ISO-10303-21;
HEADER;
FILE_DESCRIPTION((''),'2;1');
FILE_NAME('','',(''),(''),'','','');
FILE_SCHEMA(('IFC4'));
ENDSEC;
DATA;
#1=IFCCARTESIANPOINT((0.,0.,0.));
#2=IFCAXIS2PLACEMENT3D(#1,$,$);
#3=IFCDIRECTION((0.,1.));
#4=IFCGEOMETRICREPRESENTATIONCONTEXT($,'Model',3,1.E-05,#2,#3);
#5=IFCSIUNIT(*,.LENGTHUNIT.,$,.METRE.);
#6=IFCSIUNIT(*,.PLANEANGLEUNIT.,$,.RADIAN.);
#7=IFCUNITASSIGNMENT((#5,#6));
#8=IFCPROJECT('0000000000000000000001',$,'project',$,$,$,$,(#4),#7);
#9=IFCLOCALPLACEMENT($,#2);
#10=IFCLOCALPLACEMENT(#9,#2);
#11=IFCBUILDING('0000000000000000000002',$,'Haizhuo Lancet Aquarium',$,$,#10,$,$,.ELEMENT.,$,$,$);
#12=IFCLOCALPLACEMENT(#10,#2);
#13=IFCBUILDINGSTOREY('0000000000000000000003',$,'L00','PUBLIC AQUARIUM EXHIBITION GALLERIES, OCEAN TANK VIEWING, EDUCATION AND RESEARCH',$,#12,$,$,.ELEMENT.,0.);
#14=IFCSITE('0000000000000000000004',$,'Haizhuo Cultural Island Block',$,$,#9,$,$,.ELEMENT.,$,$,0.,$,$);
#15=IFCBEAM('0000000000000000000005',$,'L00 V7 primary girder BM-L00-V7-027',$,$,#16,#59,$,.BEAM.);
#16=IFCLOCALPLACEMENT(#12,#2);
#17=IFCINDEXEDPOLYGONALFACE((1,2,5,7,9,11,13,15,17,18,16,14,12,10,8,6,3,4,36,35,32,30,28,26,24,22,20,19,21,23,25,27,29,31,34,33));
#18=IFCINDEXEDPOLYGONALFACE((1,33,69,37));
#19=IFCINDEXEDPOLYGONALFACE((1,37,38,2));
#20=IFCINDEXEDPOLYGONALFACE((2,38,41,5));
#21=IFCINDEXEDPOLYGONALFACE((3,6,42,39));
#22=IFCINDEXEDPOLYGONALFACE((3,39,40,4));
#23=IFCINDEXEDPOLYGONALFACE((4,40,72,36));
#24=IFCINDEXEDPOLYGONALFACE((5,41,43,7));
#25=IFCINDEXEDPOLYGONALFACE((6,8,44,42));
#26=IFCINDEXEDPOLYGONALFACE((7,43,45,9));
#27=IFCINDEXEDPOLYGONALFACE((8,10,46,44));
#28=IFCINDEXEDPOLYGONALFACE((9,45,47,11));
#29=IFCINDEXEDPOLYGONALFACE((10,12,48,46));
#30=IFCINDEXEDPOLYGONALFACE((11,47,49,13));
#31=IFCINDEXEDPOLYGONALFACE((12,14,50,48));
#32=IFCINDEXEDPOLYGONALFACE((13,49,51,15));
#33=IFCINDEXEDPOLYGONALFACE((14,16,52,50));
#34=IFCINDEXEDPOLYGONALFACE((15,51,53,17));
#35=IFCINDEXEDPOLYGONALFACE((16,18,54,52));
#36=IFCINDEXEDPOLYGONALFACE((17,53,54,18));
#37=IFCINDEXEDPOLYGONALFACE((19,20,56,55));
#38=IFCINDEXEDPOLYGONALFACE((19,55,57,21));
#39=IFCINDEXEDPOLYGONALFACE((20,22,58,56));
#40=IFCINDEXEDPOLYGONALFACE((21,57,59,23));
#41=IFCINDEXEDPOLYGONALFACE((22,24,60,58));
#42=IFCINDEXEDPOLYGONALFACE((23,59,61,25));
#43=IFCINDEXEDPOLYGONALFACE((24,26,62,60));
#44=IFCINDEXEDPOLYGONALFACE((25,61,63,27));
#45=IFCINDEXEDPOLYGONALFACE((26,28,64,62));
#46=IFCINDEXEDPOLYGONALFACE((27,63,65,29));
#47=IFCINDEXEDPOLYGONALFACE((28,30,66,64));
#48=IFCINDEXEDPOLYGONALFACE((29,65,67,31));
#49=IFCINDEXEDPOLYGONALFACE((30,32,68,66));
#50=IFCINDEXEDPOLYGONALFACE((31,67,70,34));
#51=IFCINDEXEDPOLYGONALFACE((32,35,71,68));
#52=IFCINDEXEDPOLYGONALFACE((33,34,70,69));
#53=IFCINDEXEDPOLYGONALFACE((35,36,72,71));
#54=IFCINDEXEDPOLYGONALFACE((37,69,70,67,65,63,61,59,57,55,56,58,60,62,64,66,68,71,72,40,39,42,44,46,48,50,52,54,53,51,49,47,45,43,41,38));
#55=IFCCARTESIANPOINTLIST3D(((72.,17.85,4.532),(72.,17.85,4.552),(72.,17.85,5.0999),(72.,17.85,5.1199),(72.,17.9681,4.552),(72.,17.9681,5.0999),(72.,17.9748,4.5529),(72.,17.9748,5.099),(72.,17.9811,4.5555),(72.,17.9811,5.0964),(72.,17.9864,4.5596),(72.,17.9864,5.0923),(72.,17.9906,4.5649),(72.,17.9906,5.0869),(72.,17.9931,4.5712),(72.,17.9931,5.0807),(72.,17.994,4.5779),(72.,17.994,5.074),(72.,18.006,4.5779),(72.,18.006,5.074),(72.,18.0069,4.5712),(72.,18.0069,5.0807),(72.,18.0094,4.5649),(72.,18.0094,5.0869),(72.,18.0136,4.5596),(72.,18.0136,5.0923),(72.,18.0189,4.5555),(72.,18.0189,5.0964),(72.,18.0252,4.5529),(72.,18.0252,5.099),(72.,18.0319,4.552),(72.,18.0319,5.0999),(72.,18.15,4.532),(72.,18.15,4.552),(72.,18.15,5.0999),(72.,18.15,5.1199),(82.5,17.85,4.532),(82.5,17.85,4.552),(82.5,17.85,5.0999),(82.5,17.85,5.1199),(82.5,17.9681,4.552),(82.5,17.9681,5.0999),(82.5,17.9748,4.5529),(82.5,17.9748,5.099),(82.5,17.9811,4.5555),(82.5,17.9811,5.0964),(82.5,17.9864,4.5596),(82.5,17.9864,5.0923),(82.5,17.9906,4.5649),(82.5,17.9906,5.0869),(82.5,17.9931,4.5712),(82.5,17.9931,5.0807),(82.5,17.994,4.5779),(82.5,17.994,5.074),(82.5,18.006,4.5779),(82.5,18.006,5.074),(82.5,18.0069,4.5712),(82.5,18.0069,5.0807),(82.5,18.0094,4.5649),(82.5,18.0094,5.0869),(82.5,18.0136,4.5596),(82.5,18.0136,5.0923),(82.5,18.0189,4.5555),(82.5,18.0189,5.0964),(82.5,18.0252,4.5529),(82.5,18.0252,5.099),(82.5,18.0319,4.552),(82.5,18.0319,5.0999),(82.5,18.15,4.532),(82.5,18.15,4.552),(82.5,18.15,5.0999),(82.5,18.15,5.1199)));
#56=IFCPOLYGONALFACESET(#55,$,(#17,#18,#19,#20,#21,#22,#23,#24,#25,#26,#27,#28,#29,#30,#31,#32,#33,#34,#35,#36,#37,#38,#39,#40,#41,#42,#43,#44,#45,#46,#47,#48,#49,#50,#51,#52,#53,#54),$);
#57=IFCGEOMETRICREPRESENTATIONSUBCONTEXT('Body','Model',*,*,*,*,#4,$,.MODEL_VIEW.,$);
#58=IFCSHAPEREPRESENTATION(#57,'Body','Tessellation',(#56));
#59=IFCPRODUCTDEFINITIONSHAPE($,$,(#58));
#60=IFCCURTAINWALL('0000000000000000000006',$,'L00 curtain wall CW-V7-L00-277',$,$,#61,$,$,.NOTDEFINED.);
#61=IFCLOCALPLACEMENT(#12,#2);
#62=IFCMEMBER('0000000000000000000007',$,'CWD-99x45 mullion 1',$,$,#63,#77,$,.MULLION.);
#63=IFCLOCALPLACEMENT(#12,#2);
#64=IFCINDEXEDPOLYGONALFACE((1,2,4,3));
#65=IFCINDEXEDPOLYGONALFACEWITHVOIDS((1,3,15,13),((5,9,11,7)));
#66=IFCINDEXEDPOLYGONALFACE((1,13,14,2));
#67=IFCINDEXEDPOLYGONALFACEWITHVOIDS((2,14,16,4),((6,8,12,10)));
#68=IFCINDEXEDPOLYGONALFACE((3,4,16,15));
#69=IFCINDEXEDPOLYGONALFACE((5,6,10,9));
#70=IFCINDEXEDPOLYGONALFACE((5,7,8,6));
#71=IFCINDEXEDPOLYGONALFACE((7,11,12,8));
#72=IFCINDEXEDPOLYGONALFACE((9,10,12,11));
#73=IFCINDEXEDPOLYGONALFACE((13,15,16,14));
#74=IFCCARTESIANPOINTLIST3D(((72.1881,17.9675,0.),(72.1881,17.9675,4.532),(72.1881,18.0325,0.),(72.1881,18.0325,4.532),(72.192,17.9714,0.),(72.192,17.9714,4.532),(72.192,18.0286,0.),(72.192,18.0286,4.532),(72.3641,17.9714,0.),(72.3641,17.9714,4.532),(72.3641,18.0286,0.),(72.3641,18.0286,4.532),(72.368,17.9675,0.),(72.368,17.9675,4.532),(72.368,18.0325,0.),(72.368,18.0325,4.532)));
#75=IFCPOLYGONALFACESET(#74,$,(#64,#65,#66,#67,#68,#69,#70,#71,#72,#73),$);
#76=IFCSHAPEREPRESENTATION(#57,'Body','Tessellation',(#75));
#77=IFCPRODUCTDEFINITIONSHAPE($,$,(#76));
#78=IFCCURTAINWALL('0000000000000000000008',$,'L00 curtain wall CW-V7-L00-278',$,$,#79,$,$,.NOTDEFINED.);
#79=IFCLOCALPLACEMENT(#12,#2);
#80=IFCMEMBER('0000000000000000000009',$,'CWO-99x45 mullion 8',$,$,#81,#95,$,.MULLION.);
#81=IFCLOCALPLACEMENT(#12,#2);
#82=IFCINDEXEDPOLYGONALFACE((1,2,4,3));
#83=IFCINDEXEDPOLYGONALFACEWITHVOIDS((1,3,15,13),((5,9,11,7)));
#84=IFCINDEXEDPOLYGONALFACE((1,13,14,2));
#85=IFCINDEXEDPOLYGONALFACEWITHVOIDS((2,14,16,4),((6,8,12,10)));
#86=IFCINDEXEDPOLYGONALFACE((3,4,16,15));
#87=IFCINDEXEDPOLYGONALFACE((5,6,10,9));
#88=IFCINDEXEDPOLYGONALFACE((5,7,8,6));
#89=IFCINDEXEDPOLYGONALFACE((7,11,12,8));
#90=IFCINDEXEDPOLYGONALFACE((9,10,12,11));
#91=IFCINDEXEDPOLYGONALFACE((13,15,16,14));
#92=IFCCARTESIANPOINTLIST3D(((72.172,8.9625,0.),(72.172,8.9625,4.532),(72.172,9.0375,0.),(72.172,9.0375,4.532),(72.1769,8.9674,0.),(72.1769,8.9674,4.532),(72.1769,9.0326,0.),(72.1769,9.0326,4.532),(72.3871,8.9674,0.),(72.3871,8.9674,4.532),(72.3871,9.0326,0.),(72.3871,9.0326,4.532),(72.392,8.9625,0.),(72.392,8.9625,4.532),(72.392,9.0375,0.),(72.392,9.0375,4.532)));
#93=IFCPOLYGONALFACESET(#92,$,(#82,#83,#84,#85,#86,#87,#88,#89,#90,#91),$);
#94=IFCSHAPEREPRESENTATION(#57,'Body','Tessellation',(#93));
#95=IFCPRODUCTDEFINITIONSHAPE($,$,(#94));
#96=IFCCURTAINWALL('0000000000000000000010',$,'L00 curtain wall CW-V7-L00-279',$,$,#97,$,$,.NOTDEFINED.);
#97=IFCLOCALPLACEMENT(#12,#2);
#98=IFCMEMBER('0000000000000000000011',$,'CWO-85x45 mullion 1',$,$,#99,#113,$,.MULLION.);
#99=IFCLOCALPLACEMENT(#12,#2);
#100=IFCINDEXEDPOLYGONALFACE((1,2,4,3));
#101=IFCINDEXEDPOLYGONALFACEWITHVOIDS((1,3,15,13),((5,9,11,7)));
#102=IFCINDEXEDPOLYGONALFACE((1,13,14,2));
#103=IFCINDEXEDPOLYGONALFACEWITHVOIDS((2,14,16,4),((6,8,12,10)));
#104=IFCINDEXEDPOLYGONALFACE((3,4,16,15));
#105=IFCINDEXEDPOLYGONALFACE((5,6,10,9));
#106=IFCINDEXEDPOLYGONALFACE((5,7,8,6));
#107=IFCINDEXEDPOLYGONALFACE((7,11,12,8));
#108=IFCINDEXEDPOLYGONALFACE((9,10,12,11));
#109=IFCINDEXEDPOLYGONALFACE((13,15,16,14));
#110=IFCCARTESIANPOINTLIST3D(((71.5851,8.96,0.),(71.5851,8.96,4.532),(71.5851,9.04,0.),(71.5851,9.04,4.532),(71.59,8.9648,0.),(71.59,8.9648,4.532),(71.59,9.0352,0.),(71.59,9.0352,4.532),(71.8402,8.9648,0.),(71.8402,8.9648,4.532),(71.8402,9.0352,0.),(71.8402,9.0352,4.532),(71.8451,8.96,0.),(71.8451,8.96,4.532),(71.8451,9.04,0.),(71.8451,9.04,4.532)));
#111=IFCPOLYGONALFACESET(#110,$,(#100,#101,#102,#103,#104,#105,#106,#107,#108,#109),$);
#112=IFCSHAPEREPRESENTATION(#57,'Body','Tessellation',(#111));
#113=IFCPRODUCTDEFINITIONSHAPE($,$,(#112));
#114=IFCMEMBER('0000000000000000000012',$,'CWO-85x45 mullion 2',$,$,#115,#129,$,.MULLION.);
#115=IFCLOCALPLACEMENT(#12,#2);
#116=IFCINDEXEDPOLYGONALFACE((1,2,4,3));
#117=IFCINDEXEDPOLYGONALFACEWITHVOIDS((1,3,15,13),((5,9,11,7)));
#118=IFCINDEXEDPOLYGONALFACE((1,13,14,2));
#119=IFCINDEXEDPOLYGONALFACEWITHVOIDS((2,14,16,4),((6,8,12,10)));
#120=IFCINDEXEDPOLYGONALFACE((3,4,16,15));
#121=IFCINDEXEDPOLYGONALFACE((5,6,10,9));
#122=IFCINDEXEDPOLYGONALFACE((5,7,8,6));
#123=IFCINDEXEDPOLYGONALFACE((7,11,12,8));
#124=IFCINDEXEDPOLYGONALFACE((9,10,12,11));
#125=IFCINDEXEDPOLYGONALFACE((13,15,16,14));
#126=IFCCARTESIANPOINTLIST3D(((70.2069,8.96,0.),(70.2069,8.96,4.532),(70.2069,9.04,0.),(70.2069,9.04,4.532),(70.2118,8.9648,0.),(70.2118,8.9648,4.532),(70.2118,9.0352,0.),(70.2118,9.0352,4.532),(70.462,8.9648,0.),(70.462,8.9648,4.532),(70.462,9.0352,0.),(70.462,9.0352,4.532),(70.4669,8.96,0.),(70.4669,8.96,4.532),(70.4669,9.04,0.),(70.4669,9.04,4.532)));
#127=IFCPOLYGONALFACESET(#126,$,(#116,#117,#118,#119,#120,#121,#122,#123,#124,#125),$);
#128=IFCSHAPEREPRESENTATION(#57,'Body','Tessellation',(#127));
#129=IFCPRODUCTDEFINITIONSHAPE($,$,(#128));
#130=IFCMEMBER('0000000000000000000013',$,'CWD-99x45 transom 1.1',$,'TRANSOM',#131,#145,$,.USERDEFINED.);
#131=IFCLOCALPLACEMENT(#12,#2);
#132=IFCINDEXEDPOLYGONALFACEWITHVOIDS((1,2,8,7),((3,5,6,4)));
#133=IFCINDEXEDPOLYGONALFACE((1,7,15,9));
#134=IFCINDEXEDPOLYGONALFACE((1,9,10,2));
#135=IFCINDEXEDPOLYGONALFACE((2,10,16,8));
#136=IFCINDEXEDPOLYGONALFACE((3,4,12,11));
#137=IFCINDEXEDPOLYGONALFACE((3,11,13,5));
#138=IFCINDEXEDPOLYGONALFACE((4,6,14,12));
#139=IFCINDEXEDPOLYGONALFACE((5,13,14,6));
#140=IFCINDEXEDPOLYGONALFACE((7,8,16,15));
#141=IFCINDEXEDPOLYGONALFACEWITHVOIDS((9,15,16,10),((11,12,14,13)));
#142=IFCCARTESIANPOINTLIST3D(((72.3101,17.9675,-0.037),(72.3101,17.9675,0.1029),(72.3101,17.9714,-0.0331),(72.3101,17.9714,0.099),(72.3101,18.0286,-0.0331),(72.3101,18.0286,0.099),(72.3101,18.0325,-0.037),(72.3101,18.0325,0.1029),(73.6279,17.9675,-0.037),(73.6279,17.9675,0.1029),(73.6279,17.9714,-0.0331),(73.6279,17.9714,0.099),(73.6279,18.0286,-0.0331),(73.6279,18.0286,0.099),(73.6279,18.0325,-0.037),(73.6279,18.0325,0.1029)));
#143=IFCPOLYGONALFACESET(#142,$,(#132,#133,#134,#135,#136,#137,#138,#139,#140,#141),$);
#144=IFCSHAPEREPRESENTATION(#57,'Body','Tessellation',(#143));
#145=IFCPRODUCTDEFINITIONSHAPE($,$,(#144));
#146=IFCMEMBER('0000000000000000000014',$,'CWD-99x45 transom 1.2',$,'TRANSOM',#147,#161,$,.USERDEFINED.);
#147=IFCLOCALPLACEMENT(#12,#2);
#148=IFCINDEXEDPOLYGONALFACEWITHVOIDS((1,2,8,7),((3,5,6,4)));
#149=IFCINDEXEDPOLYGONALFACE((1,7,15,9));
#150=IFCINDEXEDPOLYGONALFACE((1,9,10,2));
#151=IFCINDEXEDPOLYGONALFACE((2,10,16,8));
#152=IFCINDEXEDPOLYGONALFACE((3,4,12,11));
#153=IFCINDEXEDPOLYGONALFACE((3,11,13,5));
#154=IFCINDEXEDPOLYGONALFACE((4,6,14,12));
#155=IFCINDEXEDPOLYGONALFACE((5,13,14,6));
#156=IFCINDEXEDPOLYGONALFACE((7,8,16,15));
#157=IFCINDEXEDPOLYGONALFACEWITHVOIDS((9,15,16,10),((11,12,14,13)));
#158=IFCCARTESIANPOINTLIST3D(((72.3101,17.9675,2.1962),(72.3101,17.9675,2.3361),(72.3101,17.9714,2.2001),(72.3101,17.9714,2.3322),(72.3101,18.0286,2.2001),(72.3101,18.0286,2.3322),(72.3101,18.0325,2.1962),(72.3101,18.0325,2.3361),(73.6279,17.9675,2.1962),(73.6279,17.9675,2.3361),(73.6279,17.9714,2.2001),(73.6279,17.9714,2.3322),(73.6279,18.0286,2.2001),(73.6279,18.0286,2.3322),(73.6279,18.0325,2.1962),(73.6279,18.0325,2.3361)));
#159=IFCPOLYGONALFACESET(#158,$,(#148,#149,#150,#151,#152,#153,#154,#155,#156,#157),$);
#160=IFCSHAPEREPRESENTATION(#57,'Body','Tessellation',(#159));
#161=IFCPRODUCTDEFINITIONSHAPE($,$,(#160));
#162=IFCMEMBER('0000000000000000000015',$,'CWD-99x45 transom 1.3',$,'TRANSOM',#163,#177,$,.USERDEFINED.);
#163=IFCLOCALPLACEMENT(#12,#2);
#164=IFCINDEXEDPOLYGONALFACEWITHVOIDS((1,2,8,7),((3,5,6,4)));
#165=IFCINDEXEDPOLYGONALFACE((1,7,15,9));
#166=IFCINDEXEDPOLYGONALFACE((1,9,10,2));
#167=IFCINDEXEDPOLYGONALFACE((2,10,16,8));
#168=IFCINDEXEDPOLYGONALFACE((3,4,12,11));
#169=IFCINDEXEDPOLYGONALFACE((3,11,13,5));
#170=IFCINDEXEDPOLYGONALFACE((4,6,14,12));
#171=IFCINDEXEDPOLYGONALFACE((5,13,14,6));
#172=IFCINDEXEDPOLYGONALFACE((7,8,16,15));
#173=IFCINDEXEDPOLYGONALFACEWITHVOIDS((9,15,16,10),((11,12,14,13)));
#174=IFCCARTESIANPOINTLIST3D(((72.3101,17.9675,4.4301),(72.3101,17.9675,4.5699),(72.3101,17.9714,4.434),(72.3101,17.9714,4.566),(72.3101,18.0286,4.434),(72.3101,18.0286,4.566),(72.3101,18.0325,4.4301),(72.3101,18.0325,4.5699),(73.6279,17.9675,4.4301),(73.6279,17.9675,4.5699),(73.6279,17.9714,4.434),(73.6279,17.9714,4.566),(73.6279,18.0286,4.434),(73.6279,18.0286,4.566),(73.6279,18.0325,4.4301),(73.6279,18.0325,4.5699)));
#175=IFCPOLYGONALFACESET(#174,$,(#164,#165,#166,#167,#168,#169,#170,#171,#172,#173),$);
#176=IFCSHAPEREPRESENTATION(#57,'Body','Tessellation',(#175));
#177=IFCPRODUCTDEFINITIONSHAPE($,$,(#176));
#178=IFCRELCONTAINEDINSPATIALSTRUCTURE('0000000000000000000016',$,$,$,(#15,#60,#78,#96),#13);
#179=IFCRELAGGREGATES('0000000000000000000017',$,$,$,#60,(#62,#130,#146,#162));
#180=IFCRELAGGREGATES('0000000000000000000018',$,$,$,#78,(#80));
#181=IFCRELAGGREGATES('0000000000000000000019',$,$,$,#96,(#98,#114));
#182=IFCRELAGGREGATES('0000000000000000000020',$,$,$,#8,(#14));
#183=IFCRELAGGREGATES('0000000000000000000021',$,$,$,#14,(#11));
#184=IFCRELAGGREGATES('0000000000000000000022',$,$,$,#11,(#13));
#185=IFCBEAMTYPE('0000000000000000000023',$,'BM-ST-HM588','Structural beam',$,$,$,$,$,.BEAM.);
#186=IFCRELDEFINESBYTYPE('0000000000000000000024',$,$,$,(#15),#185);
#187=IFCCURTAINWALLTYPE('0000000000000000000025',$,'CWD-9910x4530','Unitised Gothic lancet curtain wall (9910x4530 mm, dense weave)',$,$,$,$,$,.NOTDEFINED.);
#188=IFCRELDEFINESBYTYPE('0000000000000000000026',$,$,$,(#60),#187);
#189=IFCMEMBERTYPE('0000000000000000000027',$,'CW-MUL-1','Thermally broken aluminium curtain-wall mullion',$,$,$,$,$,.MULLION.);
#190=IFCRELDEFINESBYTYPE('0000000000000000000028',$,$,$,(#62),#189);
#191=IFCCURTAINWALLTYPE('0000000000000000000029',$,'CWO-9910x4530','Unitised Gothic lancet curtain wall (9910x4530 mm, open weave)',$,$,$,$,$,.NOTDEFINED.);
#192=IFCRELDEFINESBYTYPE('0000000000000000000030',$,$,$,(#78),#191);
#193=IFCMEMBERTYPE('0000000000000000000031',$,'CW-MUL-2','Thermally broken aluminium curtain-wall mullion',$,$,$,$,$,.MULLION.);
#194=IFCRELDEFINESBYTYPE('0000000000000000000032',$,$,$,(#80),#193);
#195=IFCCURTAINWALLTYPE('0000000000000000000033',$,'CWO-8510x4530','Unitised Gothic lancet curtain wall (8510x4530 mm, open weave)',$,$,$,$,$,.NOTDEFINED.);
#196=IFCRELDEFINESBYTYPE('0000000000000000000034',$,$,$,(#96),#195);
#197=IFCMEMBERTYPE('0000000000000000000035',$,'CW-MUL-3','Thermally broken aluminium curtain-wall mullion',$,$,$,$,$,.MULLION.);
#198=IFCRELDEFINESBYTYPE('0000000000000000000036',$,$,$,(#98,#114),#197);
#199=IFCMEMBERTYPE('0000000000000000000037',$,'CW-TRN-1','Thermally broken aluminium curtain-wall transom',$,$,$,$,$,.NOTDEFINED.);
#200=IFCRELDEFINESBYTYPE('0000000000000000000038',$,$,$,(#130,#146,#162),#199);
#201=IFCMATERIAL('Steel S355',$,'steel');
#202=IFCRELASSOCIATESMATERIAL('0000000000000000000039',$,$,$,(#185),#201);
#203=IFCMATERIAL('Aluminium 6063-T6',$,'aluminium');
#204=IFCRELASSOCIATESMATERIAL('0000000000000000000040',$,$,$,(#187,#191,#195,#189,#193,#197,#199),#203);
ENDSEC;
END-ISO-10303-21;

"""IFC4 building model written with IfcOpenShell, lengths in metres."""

from ifc_helpers import new_model, si_unit, direction, frame, origin, origin_2d, place, context, subcontext, project, spatial, hollow_rectangle, i_section, extrude, material, material_profile, profile_set, type_object, element, aggregate, save


model = new_model("IFC4")

# Units and contexts
model_context = context("Model", 3, precision=1e-05, world=origin(), true_north=direction((0.0, 1.0)))
body_context = subcontext(model_context, "Body", "Model", "MODEL_VIEW")
ifc_project = project(units=[si_unit("LENGTHUNIT", "METRE"), si_unit("PLANEANGLEUNIT", "RADIAN")], contexts=[model_context])

# Site, building, storey
site_placement = place(None, origin())
site = spatial("IfcSite", under=ifc_project, at=site_placement, Name="Haizhuo Cultural Island Block", CompositionType="ELEMENT", RefElevation=0.0)
building_placement = place(site_placement, origin())
building = spatial("IfcBuilding", under=site, at=building_placement, Name="Haizhuo Lancet Aquarium", CompositionType="ELEMENT")
storey_placement = place(building_placement, origin())
storey = spatial("IfcBuildingStorey", under=building, at=storey_placement, Name="L00", Description="PUBLIC AQUARIUM EXHIBITION GALLERIES, OCEAN TANK VIEWING, EDUCATION AND RESEARCH", CompositionType="ELEMENT", Elevation=0.0)

# Shared definitions
ifc_material_1 = material(Name="Steel S355", Category="steel")

# Beam
ifc_material_profile_1 = material_profile(ifc_material_1, i_section(OverallWidth=0.3, OverallDepth=0.5879, WebThickness=0.012, FlangeThickness=0.02, FilletRadius=0.0259, at=origin_2d()), Name="HM 588x300x12x20")
ifc_profile_set_1 = profile_set([ifc_material_profile_1], Name="Steel S355")
beam_type_1 = type_object("IfcBeamType", Name="BM-ST-HM588", Description="Structural beam", PredefinedType="BEAM", material=ifc_profile_set_1)
for number, where, z_axis, x_axis, name in (
    (1, (72.0, 18.0, 4.8259), (1.0, 0.0, 0.0), (0.0, 1.0, 0.0), "L00 V7 primary girder BM-L00-V7-027"),
):
    element("IfcBeam", number, at=place(storey_placement, frame(where, z_axis=z_axis, x_axis=x_axis)), inside=storey, type_object=beam_type_1, Name=name, PredefinedType="BEAM", context=body_context, shape_type="SweptSolid", body=[
        extrude(i_section(OverallWidth=0.3, OverallDepth=0.5879, WebThickness=0.012, FlangeThickness=0.02, FilletRadius=0.0259, at=origin_2d()), origin(), (0.0, 0.0, 1.0), 10.5),
    ])

# Curtain walls, members
ifc_material_2 = material(Name="Aluminium 6063-T6", Category="aluminium")
curtain_wall_type_1 = type_object("IfcCurtainWallType", Name="CWD-9910x4530", Description="Unitised Gothic lancet curtain wall (9910x4530 mm, dense weave)", PredefinedType="NOTDEFINED", material=ifc_material_2)
curtain_wall_1_placement = place(storey_placement, origin())
curtain_wall_1 = element("IfcCurtainWall", 2, at=curtain_wall_1_placement, inside=storey, type_object=curtain_wall_type_1, Name="L00 curtain wall CW-V7-L00-277", PredefinedType="NOTDEFINED")
ifc_material_profile_2 = material_profile(ifc_material_2, hollow_rectangle(XDim=0.0649, YDim=0.1799, WallThickness=0.0039, at=origin_2d()), Name="ALU-M 65x180x4")
ifc_profile_set_2 = profile_set([ifc_material_profile_2], Name="Aluminium 6063-T6")
member_type_1 = type_object("IfcMemberType", Name="CW-MUL-1", Description="Thermally broken aluminium curtain-wall mullion", PredefinedType="MULLION", material=ifc_profile_set_2)
member_1_placement = place(storey_placement, frame((72.2781, 18.0, 0.0), z_axis=(0.0, 0.0, 1.0), x_axis=(0.0, 1.0, 0.0)))
member_1 = element("IfcMember", 3, at=member_1_placement, type_object=member_type_1, Name="CWD-99x45 mullion 1", PredefinedType="MULLION", context=body_context, shape_type="SweptSolid", body=[
    extrude(hollow_rectangle(XDim=0.0649, YDim=0.1799, WallThickness=0.0039, at=origin_2d()), origin(), (0.0, 0.0, 1.0), 4.532),
])
curtain_wall_type_2 = type_object("IfcCurtainWallType", Name="CWO-9910x4530", Description="Unitised Gothic lancet curtain wall (9910x4530 mm, open weave)", PredefinedType="NOTDEFINED", material=ifc_material_2)
curtain_wall_2_placement = place(storey_placement, origin())
curtain_wall_2 = element("IfcCurtainWall", 4, at=curtain_wall_2_placement, inside=storey, type_object=curtain_wall_type_2, Name="L00 curtain wall CW-V7-L00-278", PredefinedType="NOTDEFINED")
ifc_material_profile_3 = material_profile(ifc_material_2, hollow_rectangle(XDim=0.075, YDim=0.22, WallThickness=0.0049, at=origin_2d()), Name="ALU-M 75x220x5")
ifc_profile_set_3 = profile_set([ifc_material_profile_3], Name="Aluminium 6063-T6")
member_type_2 = type_object("IfcMemberType", Name="CW-MUL-2", Description="Thermally broken aluminium curtain-wall mullion", PredefinedType="MULLION", material=ifc_profile_set_3)
member_2_placement = place(storey_placement, frame((72.282, 9.0, 0.0), z_axis=(0.0, 0.0, 1.0), x_axis=(0.0, -1.0, 0.0)))
member_2 = element("IfcMember", 5, at=member_2_placement, type_object=member_type_2, Name="CWO-99x45 mullion 8", PredefinedType="MULLION", context=body_context, shape_type="SweptSolid", body=[
    extrude(hollow_rectangle(XDim=0.075, YDim=0.22, WallThickness=0.0049, at=origin_2d()), origin(), (0.0, 0.0, 1.0), 4.532),
])

# Curtain wall, members
curtain_wall_type_3 = type_object("IfcCurtainWallType", Name="CWO-8510x4530", Description="Unitised Gothic lancet curtain wall (8510x4530 mm, open weave)", PredefinedType="NOTDEFINED", material=ifc_material_2)
curtain_wall_3_placement = place(storey_placement, origin())
curtain_wall_3 = element("IfcCurtainWall", 6, at=curtain_wall_3_placement, inside=storey, type_object=curtain_wall_type_3, Name="L00 curtain wall CW-V7-L00-279", PredefinedType="NOTDEFINED")
ifc_material_profile_4 = material_profile(ifc_material_2, hollow_rectangle(XDim=0.0801, YDim=0.26, WallThickness=0.0049, at=origin_2d()), Name="ALU-M 80x260x5")
ifc_profile_set_4 = profile_set([ifc_material_profile_4], Name="Aluminium 6063-T6")
member_type_3 = type_object("IfcMemberType", Name="CW-MUL-3", Description="Thermally broken aluminium curtain-wall mullion", PredefinedType="MULLION", material=ifc_profile_set_4)
member_3_placement = place(storey_placement, frame((71.7151, 9.0, 0.0), z_axis=(0.0, 0.0, 1.0), x_axis=(0.0, -1.0, 0.0)))
member_3 = element("IfcMember", 7, at=member_3_placement, type_object=member_type_3, Name="CWO-85x45 mullion 1", PredefinedType="MULLION", context=body_context, shape_type="SweptSolid", body=[
    extrude(hollow_rectangle(XDim=0.0801, YDim=0.26, WallThickness=0.0049, at=origin_2d()), origin(), (0.0, 0.0, 1.0), 4.532),
])
member_4_placement = place(storey_placement, frame((70.3369, 9.0, 0.0), z_axis=(0.0, 0.0, 1.0), x_axis=(0.0, -1.0, 0.0)))
member_4 = element("IfcMember", 8, at=member_4_placement, type_object=member_type_3, Name="CWO-85x45 mullion 2", PredefinedType="MULLION", context=body_context, shape_type="SweptSolid", body=[
    extrude(hollow_rectangle(XDim=0.0801, YDim=0.26, WallThickness=0.0049, at=origin_2d()), origin(), (0.0, 0.0, 1.0), 4.532),
])

# Members
ifc_material_profile_5 = material_profile(ifc_material_2, hollow_rectangle(XDim=0.0649, YDim=0.1399, WallThickness=0.0039, at=origin_2d()), Name="ALU-T 65x140x4")
ifc_profile_set_5 = profile_set([ifc_material_profile_5], Name="Aluminium 6063-T6")
member_type_4 = type_object("IfcMemberType", Name="CW-TRN-1", Description="Thermally broken aluminium curtain-wall transom", PredefinedType="NOTDEFINED", material=ifc_profile_set_5)
member_5_placement = place(storey_placement, frame((72.3101, 18.0, 0.033), z_axis=(1.0, 0.0, 0.0), x_axis=(0.0, 1.0, 0.0)))
member_5 = element("IfcMember", 9, at=member_5_placement, type_object=member_type_4, Name="CWD-99x45 transom 1.1", ObjectType="TRANSOM", PredefinedType="USERDEFINED", context=body_context, shape_type="SweptSolid", body=[
    extrude(hollow_rectangle(XDim=0.0649, YDim=0.1399, WallThickness=0.0039, at=origin_2d()), origin(), (0.0, 0.0, 1.0), 1.3179),
])
member_6_placement = place(storey_placement, frame((72.3101, 18.0, 2.2661), z_axis=(1.0, 0.0, 0.0), x_axis=(0.0, 1.0, 0.0)))
member_6 = element("IfcMember", 10, at=member_6_placement, type_object=member_type_4, Name="CWD-99x45 transom 1.2", ObjectType="TRANSOM", PredefinedType="USERDEFINED", context=body_context, shape_type="SweptSolid", body=[
    extrude(hollow_rectangle(XDim=0.0649, YDim=0.1399, WallThickness=0.0039, at=origin_2d()), origin(), (0.0, 0.0, 1.0), 1.3179),
])
member_7_placement = place(storey_placement, frame((72.3101, 18.0, 4.5), z_axis=(1.0, 0.0, 0.0), x_axis=(0.0, 1.0, 0.0)))
member_7 = element("IfcMember", 11, at=member_7_placement, type_object=member_type_4, Name="CWD-99x45 transom 1.3", ObjectType="TRANSOM", PredefinedType="USERDEFINED", context=body_context, shape_type="SweptSolid", body=[
    extrude(hollow_rectangle(XDim=0.0649, YDim=0.1399, WallThickness=0.0039, at=origin_2d()), origin(), (0.0, 0.0, 1.0), 1.3179),
])

aggregate(curtain_wall_1, [member_1, member_5, member_6, member_7])
aggregate(curtain_wall_2, [member_2])
aggregate(curtain_wall_3, [member_3, member_4])

save(model, "model.ifc")
